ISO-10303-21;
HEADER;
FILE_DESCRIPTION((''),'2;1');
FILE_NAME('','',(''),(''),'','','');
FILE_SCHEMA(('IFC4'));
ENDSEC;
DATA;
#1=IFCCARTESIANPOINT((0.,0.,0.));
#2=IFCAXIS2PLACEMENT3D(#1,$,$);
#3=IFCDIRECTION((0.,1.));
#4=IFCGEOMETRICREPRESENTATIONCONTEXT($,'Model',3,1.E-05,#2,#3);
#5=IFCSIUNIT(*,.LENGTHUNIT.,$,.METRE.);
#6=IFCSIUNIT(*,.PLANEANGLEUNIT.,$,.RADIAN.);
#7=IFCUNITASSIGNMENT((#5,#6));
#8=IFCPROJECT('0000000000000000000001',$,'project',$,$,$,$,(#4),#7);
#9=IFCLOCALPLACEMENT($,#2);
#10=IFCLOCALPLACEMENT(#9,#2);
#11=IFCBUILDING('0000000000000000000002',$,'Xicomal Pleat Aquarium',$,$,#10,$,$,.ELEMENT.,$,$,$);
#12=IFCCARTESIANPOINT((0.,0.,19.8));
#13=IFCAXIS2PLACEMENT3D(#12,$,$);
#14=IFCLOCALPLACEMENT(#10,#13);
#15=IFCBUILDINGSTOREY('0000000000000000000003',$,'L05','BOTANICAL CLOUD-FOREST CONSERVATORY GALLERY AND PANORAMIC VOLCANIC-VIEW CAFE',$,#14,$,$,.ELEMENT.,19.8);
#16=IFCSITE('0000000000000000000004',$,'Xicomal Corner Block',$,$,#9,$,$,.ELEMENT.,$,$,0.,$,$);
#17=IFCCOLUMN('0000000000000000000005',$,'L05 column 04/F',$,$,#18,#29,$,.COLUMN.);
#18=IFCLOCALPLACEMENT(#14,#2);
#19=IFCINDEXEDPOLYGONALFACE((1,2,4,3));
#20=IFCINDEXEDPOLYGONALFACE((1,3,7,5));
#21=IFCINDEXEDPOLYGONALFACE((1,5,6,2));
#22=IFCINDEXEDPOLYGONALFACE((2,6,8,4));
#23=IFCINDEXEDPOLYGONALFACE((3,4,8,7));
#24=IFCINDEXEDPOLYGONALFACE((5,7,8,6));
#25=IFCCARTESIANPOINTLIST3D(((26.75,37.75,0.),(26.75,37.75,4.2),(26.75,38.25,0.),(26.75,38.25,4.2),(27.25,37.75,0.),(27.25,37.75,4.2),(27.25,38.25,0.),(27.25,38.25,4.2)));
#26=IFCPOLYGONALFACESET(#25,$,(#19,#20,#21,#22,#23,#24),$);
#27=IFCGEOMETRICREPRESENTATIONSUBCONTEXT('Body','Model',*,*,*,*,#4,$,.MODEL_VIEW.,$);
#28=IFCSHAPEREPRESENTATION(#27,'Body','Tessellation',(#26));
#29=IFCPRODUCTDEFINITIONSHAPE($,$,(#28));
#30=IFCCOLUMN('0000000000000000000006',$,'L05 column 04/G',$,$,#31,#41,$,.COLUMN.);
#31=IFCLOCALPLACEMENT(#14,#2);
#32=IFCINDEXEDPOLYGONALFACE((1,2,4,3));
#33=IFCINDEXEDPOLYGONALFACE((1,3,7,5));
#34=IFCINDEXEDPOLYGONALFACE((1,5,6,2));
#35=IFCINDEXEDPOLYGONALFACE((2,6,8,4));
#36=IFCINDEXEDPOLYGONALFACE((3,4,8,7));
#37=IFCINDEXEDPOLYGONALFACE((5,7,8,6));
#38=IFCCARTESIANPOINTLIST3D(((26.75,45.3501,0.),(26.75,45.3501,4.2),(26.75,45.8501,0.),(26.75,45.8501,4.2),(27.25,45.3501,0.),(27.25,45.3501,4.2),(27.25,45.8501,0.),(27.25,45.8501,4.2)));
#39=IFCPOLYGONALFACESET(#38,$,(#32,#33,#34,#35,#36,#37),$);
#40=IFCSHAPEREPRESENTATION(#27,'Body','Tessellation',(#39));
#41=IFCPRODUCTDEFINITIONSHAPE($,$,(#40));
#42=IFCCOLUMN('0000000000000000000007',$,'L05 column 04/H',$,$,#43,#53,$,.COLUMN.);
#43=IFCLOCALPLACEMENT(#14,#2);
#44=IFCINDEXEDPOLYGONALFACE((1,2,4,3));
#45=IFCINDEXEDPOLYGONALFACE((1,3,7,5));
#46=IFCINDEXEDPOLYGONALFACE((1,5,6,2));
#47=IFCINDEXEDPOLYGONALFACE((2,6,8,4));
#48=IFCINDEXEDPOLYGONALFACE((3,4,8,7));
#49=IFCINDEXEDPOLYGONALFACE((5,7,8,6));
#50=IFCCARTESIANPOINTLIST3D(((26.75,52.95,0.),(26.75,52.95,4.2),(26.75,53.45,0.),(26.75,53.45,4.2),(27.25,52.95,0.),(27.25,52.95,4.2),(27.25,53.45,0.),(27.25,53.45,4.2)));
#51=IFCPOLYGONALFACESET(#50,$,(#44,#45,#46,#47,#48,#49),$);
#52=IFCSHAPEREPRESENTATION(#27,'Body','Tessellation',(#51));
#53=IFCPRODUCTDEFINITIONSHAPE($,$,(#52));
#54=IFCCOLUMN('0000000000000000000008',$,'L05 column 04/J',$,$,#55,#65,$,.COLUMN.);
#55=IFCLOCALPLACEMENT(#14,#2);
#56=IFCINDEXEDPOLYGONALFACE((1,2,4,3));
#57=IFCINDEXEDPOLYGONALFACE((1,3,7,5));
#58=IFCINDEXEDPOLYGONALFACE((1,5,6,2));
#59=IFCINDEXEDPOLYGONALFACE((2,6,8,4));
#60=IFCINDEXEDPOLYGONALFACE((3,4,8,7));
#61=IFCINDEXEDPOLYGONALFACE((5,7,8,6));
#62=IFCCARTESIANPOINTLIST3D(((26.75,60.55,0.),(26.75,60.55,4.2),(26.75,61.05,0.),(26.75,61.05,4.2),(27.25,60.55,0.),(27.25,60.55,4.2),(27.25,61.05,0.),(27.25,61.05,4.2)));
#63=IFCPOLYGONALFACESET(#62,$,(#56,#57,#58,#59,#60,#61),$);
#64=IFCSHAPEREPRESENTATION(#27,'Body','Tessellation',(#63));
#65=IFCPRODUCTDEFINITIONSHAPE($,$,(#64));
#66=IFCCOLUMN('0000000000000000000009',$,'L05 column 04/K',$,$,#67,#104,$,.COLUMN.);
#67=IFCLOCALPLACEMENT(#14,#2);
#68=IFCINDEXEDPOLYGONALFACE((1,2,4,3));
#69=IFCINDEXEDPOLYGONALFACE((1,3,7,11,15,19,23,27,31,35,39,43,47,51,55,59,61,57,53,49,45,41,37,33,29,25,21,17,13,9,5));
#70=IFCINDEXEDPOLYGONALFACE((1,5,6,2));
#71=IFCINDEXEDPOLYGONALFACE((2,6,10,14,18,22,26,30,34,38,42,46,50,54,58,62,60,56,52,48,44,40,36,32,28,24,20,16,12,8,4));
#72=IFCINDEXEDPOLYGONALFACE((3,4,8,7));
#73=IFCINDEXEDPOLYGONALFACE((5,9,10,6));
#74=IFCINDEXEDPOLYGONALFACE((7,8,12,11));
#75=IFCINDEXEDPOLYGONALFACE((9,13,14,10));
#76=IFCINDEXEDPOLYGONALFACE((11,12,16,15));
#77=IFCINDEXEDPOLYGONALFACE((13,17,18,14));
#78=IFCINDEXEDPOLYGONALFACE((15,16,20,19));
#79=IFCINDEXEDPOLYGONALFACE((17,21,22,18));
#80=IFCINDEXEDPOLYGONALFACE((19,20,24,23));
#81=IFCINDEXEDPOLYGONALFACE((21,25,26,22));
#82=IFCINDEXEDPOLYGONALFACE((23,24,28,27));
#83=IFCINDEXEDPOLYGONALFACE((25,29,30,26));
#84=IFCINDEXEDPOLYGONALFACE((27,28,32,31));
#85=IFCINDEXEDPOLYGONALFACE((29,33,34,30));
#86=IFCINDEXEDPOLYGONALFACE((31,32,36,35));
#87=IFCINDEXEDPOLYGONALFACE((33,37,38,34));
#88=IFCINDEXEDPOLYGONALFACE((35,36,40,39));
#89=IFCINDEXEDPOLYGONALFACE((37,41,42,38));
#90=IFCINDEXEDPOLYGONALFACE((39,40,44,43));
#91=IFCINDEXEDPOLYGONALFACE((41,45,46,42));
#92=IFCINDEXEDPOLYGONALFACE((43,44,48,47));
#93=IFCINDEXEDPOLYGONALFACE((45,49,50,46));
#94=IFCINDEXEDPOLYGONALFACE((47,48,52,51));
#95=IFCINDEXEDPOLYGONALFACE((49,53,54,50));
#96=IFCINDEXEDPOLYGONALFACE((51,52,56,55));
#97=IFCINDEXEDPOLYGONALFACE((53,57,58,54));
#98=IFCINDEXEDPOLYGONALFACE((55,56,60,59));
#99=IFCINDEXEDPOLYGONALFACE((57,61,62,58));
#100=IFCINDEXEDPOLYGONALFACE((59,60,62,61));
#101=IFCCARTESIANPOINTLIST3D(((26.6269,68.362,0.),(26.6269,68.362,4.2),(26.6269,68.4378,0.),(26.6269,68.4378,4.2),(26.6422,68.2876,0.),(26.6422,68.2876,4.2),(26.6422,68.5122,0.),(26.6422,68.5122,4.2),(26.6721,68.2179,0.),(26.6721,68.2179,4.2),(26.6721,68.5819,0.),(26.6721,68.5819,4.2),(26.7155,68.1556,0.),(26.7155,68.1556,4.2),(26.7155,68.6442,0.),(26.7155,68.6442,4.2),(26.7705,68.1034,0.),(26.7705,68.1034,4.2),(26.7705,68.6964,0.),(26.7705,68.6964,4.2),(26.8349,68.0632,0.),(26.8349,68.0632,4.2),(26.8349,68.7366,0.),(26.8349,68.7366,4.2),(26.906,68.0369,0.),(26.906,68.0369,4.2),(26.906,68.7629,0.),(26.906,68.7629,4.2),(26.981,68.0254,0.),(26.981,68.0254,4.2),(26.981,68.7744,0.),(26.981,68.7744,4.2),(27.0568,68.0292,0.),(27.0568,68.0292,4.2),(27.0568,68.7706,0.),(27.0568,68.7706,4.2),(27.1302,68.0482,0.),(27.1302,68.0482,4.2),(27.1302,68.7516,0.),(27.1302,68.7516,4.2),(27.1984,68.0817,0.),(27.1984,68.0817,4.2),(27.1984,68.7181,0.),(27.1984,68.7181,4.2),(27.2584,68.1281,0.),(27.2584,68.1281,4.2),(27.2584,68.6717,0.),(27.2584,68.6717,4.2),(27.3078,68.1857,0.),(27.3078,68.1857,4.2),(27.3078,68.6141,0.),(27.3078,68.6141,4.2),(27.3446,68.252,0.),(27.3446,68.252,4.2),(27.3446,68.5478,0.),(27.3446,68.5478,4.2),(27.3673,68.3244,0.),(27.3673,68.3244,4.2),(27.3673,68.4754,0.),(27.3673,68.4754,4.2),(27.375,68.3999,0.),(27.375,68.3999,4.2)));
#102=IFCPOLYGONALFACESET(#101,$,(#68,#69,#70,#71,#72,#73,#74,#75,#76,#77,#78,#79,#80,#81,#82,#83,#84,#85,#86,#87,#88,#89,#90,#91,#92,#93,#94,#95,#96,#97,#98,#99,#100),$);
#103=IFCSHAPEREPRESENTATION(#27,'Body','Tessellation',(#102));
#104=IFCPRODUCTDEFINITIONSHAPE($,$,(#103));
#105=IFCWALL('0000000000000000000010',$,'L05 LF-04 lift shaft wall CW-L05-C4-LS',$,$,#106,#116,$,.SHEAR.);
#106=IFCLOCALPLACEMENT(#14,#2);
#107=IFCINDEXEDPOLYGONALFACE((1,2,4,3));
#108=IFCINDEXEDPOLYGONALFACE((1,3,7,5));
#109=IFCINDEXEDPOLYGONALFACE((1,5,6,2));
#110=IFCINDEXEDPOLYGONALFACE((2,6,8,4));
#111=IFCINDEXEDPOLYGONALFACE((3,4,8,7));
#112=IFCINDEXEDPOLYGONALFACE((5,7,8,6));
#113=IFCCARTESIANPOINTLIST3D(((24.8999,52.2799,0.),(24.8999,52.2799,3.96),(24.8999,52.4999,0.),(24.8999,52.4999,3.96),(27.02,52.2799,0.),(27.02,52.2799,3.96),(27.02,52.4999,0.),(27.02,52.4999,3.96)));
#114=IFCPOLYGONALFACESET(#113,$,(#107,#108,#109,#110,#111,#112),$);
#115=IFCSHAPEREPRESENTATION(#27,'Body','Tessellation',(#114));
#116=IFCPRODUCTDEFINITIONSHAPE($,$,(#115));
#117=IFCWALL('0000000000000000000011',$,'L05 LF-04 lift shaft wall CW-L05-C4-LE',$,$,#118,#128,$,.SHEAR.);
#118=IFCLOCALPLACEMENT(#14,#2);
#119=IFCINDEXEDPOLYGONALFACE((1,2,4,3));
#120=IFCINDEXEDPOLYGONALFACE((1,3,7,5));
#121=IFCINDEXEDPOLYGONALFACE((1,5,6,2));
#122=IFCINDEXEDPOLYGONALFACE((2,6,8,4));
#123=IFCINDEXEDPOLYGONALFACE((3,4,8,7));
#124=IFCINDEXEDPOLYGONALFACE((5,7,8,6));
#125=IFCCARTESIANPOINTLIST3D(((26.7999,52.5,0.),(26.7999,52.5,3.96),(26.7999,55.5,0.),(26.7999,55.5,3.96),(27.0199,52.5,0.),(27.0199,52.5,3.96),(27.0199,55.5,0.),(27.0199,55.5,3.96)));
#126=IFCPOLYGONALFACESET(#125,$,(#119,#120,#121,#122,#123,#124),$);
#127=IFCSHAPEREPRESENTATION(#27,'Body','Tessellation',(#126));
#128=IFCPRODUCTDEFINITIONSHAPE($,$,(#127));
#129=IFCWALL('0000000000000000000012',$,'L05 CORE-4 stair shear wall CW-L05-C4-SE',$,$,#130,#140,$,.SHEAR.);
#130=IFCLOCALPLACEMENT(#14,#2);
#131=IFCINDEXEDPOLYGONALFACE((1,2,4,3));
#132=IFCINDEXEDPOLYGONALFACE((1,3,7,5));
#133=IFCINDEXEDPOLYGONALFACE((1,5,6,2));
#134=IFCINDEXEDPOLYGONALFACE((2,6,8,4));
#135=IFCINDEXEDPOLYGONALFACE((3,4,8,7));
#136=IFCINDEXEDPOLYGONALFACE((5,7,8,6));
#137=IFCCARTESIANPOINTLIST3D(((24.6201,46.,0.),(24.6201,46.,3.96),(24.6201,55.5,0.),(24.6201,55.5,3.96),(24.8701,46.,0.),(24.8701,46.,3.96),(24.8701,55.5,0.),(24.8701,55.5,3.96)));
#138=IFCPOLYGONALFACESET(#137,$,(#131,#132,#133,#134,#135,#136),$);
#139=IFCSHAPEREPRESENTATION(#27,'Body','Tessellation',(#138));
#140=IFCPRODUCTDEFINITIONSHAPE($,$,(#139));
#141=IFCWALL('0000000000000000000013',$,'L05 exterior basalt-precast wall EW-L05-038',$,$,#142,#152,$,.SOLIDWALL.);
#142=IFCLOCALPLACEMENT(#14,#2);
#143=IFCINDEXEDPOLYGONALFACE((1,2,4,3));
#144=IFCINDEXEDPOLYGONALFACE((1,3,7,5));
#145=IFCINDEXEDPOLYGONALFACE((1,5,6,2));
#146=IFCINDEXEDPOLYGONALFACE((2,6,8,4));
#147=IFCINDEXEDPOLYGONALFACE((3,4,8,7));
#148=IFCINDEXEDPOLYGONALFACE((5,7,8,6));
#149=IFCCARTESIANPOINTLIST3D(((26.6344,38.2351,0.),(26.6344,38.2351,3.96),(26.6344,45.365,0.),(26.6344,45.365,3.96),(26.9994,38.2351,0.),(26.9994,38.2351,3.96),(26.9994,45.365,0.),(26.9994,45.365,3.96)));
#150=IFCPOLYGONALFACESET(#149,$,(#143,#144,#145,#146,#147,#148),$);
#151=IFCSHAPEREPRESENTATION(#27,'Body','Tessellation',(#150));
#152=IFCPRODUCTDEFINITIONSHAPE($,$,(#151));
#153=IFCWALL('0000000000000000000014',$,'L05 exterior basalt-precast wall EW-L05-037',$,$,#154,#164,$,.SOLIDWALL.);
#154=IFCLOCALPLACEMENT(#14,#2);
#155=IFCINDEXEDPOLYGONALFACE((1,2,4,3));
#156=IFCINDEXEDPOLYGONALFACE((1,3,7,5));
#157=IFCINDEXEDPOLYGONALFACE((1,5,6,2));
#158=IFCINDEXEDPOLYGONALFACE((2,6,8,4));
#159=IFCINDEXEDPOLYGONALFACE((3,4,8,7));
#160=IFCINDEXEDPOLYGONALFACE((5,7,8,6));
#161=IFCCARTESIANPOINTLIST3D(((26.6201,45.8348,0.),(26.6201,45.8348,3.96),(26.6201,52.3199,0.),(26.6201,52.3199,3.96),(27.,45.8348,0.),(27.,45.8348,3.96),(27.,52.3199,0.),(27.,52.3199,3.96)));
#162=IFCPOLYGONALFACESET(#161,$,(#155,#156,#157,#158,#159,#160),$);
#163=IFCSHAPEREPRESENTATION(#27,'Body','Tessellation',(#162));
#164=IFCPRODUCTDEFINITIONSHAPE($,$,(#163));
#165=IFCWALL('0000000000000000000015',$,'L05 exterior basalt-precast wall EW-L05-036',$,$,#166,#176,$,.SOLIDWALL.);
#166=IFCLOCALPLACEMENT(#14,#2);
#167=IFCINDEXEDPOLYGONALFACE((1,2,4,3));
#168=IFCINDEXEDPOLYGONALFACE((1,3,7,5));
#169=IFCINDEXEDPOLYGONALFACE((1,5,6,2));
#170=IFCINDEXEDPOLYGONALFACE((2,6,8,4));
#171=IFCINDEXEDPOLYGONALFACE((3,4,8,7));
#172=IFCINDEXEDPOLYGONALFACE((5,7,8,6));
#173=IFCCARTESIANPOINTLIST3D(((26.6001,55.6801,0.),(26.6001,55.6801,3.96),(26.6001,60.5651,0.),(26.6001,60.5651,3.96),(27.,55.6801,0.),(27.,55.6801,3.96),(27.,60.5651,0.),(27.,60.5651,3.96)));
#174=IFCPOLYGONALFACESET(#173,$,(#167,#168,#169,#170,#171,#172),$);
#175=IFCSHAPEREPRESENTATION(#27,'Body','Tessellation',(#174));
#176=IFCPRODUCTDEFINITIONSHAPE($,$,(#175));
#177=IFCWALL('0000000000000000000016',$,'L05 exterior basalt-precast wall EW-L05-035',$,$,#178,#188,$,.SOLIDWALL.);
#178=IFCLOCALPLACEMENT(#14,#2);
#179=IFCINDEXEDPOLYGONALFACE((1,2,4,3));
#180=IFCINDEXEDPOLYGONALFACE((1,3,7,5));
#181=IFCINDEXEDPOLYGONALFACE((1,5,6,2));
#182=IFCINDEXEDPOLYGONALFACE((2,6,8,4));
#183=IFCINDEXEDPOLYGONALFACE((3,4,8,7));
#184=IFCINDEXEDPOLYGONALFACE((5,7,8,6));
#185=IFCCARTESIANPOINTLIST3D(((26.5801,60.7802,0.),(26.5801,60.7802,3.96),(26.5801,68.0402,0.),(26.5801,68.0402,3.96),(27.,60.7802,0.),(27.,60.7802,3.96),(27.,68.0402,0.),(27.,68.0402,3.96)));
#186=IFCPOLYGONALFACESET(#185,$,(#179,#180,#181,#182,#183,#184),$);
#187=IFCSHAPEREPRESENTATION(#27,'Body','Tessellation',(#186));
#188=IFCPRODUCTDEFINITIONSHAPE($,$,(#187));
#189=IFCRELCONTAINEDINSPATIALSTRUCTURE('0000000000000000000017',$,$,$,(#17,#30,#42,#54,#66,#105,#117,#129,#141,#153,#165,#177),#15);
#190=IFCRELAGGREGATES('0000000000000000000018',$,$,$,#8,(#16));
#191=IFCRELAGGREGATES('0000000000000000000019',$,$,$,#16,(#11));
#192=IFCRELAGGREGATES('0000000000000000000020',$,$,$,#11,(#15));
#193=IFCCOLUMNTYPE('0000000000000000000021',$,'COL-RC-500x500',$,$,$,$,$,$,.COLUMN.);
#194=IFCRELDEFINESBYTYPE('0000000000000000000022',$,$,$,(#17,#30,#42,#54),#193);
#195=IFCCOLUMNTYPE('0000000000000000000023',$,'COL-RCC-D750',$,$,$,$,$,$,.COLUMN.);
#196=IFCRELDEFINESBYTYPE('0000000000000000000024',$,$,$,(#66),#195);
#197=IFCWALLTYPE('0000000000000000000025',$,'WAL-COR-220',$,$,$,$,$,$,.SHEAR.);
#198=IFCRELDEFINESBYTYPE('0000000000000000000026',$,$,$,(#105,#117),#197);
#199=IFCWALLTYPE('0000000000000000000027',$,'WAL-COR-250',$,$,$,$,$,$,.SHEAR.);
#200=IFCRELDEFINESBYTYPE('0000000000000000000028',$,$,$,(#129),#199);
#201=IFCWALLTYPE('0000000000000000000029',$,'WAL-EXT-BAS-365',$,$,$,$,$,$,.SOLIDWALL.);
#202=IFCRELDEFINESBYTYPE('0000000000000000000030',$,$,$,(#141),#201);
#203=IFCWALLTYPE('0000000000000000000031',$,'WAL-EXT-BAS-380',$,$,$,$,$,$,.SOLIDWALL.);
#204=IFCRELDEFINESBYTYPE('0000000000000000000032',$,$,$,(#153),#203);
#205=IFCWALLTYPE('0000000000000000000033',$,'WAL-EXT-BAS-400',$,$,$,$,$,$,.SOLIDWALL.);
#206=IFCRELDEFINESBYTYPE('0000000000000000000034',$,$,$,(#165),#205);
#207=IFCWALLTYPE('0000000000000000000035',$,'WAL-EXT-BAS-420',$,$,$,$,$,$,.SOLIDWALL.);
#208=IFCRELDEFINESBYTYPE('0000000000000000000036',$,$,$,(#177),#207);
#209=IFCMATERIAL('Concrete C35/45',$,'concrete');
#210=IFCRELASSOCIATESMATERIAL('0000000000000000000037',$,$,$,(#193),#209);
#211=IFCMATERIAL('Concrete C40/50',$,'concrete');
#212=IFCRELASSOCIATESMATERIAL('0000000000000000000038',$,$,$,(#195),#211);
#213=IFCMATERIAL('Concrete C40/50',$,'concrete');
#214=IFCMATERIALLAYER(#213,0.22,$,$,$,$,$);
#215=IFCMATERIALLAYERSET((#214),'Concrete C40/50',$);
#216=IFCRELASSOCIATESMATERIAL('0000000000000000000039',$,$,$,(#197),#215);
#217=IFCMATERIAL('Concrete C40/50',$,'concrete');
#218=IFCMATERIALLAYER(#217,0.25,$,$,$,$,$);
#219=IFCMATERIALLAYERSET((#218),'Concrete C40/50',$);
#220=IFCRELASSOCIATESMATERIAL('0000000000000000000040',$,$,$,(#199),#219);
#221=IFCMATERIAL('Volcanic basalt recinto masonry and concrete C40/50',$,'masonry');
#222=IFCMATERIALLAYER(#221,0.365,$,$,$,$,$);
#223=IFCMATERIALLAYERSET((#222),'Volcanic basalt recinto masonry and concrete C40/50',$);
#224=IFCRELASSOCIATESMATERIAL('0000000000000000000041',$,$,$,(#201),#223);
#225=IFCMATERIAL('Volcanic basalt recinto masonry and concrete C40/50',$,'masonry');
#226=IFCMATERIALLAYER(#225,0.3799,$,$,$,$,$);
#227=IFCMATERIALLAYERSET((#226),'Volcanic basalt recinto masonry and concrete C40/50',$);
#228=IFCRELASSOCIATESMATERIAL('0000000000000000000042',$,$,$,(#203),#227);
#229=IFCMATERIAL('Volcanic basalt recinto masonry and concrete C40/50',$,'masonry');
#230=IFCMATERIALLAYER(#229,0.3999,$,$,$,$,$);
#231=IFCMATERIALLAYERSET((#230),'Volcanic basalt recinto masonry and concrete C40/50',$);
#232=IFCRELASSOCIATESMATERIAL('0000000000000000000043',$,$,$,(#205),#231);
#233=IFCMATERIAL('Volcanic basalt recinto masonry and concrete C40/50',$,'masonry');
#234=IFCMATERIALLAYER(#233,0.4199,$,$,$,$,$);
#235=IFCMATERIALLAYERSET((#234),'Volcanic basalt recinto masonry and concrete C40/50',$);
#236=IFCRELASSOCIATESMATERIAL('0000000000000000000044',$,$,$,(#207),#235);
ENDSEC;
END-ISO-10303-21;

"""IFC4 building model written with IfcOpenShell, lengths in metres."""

from ifc_helpers import new_model, si_unit, direction, frame, frame_2d, origin, origin_2d, place, context, subcontext, project, spatial, rectangle, circle, extrude, material, layer, layer_set, material_profile, profile_set, type_object, element, save


model = new_model("IFC4")

# Units and contexts
model_context = context("Model", 3, precision=1e-05, world=origin(), true_north=direction((0.0, 1.0)))
body_context = subcontext(model_context, "Body", "Model", "MODEL_VIEW")
ifc_project = project(units=[si_unit("LENGTHUNIT", "METRE"), si_unit("PLANEANGLEUNIT", "RADIAN")], contexts=[model_context])

# Site, building, storey
site_placement = place(None, origin())
site = spatial("IfcSite", under=ifc_project, at=site_placement, Name="Xicomal Corner Block", CompositionType="ELEMENT", RefElevation=0.0)
building_placement = place(site_placement, origin())
building = spatial("IfcBuilding", under=site, at=building_placement, Name="Xicomal Pleat Aquarium", CompositionType="ELEMENT")
storey_placement = place(building_placement, frame((0.0, 0.0, 19.8)))
storey = spatial("IfcBuildingStorey", under=building, at=storey_placement, Name="L05", Description="BOTANICAL CLOUD-FOREST CONSERVATORY GALLERY AND PANORAMIC VOLCANIC-VIEW CAFE", CompositionType="ELEMENT", Elevation=19.8)

# Columns
ifc_material_1 = material(Name="Concrete C35/45", Category="concrete")
ifc_material_profile_1 = material_profile(ifc_material_1, rectangle(XDim=0.5, YDim=0.5, at=origin_2d()), Name="RC 500x500")
ifc_profile_set_1 = profile_set([ifc_material_profile_1], Name="Concrete C35/45")
column_type_1 = type_object("IfcColumnType", Name="COL-RC-500x500", PredefinedType="COLUMN", material=ifc_profile_set_1)
for number, where, z_axis, x_axis, name in (
    (1, (27.0, 38.0, 0.0), (0.0, 0.0, 1.0), (1.0, 0.0, 0.0), "L05 column 04/F"),
    (2, (27.0, 45.6001, 0.0), (0.0, 0.0, 1.0), (1.0, 0.0, 0.0), "L05 column 04/G"),
    (3, (27.0, 53.2, 0.0), (0.0, 0.0, 1.0), (1.0, 0.0, 0.0), "L05 column 04/H"),
    (4, (27.0, 60.8, 0.0), (0.0, 0.0, 1.0), (1.0, 0.0, 0.0), "L05 column 04/J"),
):
    element("IfcColumn", number, at=place(storey_placement, frame(where, z_axis=z_axis, x_axis=x_axis)), inside=storey, type_object=column_type_1, Name=name, PredefinedType="COLUMN", context=body_context, shape_type="SweptSolid", body=[
        extrude(rectangle(XDim=0.5, YDim=0.5, at=origin_2d()), origin(), (0.0, 0.0, 1.0), 4.2),
    ])
ifc_material_2 = material(Name="Concrete C40/50", Category="concrete")
ifc_material_profile_2 = material_profile(ifc_material_2, circle(Radius=0.375, at=origin_2d()), Name="RCC D750")
ifc_profile_set_2 = profile_set([ifc_material_profile_2], Name="Concrete C40/50")
column_type_2 = type_object("IfcColumnType", Name="COL-RCC-D750", PredefinedType="COLUMN", material=ifc_profile_set_2)
column_placement = place(storey_placement, frame((27.0, 68.3999, 0.0), z_axis=(0.0, 0.0, 1.0), x_axis=(1.0, 0.0, 0.0)))
element("IfcColumn", 5, at=column_placement, inside=storey, type_object=column_type_2, Name="L05 column 04/K", PredefinedType="COLUMN", context=body_context, shape_type="SweptSolid", body=[
    extrude(circle(Radius=0.375, at=origin_2d()), origin(), (0.0, 0.0, 1.0), 4.2),
])

# Wall
ifc_material_3 = material(Name="Concrete C40/50", Category="concrete")
ifc_layer_1 = layer(ifc_material_3, 0.22)
ifc_layer_set_1 = layer_set([ifc_layer_1], Name="Concrete C40/50")
wall_type_1 = type_object("IfcWallType", Name="WAL-COR-220", PredefinedType="SHEAR", material=ifc_layer_set_1)
wall_1_placement = place(storey_placement, frame((24.8999, 52.3899, 0.0), z_axis=(0.0, 0.0, 1.0), x_axis=(1.0, 0.0, 0.0)))
element("IfcWall", 6, at=wall_1_placement, inside=storey, type_object=wall_type_1, Name="L05 LF-04 lift shaft wall CW-L05-C4-LS", PredefinedType="SHEAR", context=body_context, shape_type="SweptSolid", body=[
    extrude(rectangle(XDim=2.1201, YDim=0.22, at=frame_2d((1.0601, 0.0))), origin(), (0.0, 0.0, 1.0), 3.96),
])

# Walls
wall_2_placement = place(storey_placement, frame((26.9099, 52.5, 0.0), z_axis=(0.0, 0.0, 1.0), x_axis=(0.0, 1.0, 0.0)))
element("IfcWall", 7, at=wall_2_placement, inside=storey, type_object=wall_type_1, Name="L05 LF-04 lift shaft wall CW-L05-C4-LE", PredefinedType="SHEAR", context=body_context, shape_type="SweptSolid", body=[
    extrude(rectangle(XDim=3.0, YDim=0.22, at=frame_2d((1.5, 0.0))), origin(), (0.0, 0.0, 1.0), 3.96),
])
ifc_material_4 = material(Name="Concrete C40/50", Category="concrete")
ifc_layer_2 = layer(ifc_material_4, 0.25)
ifc_layer_set_2 = layer_set([ifc_layer_2], Name="Concrete C40/50")
wall_type_2 = type_object("IfcWallType", Name="WAL-COR-250", PredefinedType="SHEAR", material=ifc_layer_set_2)
wall_3_placement = place(storey_placement, frame((24.7451, 46.0, 0.0), z_axis=(0.0, 0.0, 1.0), x_axis=(0.0, 1.0, 0.0)))
element("IfcWall", 8, at=wall_3_placement, inside=storey, type_object=wall_type_2, Name="L05 CORE-4 stair shear wall CW-L05-C4-SE", PredefinedType="SHEAR", context=body_context, shape_type="SweptSolid", body=[
    extrude(rectangle(XDim=9.5, YDim=0.25, at=frame_2d((4.75, 0.0))), origin(), (0.0, 0.0, 1.0), 3.96),
])
ifc_material_5 = material(Name="Volcanic basalt recinto masonry and concrete C40/50", Category="masonry")
ifc_layer_3 = layer(ifc_material_5, 0.365)
ifc_layer_set_3 = layer_set([ifc_layer_3], Name="Volcanic basalt recinto masonry and concrete C40/50")
wall_type_3 = type_object("IfcWallType", Name="WAL-EXT-BAS-365", PredefinedType="SOLIDWALL", material=ifc_layer_set_3)
wall_4_placement = place(storey_placement, frame((26.8169, 45.365, 0.0), z_axis=(0.0, 0.0, 1.0), x_axis=(0.0, -1.0, 0.0)))
element("IfcWall", 9, at=wall_4_placement, inside=storey, type_object=wall_type_3, Name="L05 exterior basalt-precast wall EW-L05-038", PredefinedType="SOLIDWALL", context=body_context, shape_type="SweptSolid", body=[
    extrude(rectangle(XDim=7.1299, YDim=0.365, at=frame_2d((3.5649, 0.0))), origin(), (0.0, 0.0, 1.0), 3.96),
])
ifc_material_6 = material(Name="Volcanic basalt recinto masonry and concrete C40/50", Category="masonry")
ifc_layer_4 = layer(ifc_material_6, 0.3799)
ifc_layer_set_4 = layer_set([ifc_layer_4], Name="Volcanic basalt recinto masonry and concrete C40/50")
wall_type_4 = type_object("IfcWallType", Name="WAL-EXT-BAS-380", PredefinedType="SOLIDWALL", material=ifc_layer_set_4)
wall_5_placement = place(storey_placement, frame((26.8101, 52.3201, 0.0), z_axis=(0.0, 0.0, 1.0), x_axis=(0.0, -1.0, 0.0)))
element("IfcWall", 10, at=wall_5_placement, inside=storey, type_object=wall_type_4, Name="L05 exterior basalt-precast wall EW-L05-037", PredefinedType="SOLIDWALL", context=body_context, shape_type="SweptSolid", body=[
    extrude(rectangle(XDim=6.4851, YDim=0.3799, at=frame_2d((3.2427, 0.0))), origin(), (0.0, 0.0, 1.0), 3.96),
])
ifc_material_7 = material(Name="Volcanic basalt recinto masonry and concrete C40/50", Category="masonry")
ifc_layer_5 = layer(ifc_material_7, 0.3999)
ifc_layer_set_5 = layer_set([ifc_layer_5], Name="Volcanic basalt recinto masonry and concrete C40/50")
wall_type_5 = type_object("IfcWallType", Name="WAL-EXT-BAS-400", PredefinedType="SOLIDWALL", material=ifc_layer_set_5)
wall_6_placement = place(storey_placement, frame((26.8, 60.5649, 0.0), z_axis=(0.0, 0.0, 1.0), x_axis=(0.0, -1.0, 0.0)))
element("IfcWall", 11, at=wall_6_placement, inside=storey, type_object=wall_type_5, Name="L05 exterior basalt-precast wall EW-L05-036", PredefinedType="SOLIDWALL", context=body_context, shape_type="SweptSolid", body=[
    extrude(rectangle(XDim=4.885, YDim=0.3999, at=frame_2d((2.4424, 0.0))), origin(), (0.0, 0.0, 1.0), 3.96),
])
ifc_material_8 = material(Name="Volcanic basalt recinto masonry and concrete C40/50", Category="masonry")
ifc_layer_6 = layer(ifc_material_8, 0.4199)
ifc_layer_set_6 = layer_set([ifc_layer_6], Name="Volcanic basalt recinto masonry and concrete C40/50")
wall_type_6 = type_object("IfcWallType", Name="WAL-EXT-BAS-420", PredefinedType="SOLIDWALL", material=ifc_layer_set_6)
wall_7_placement = place(storey_placement, frame((26.79, 68.04, 0.0), z_axis=(0.0, 0.0, 1.0), x_axis=(0.0, -1.0, 0.0)))
element("IfcWall", 12, at=wall_7_placement, inside=storey, type_object=wall_type_6, Name="L05 exterior basalt-precast wall EW-L05-035", PredefinedType="SOLIDWALL", context=body_context, shape_type="SweptSolid", body=[
    extrude(rectangle(XDim=7.26, YDim=0.4199, at=frame_2d((3.6299, 0.0))), origin(), (0.0, 0.0, 1.0), 3.96),
])

save(model, "model.ifc")
